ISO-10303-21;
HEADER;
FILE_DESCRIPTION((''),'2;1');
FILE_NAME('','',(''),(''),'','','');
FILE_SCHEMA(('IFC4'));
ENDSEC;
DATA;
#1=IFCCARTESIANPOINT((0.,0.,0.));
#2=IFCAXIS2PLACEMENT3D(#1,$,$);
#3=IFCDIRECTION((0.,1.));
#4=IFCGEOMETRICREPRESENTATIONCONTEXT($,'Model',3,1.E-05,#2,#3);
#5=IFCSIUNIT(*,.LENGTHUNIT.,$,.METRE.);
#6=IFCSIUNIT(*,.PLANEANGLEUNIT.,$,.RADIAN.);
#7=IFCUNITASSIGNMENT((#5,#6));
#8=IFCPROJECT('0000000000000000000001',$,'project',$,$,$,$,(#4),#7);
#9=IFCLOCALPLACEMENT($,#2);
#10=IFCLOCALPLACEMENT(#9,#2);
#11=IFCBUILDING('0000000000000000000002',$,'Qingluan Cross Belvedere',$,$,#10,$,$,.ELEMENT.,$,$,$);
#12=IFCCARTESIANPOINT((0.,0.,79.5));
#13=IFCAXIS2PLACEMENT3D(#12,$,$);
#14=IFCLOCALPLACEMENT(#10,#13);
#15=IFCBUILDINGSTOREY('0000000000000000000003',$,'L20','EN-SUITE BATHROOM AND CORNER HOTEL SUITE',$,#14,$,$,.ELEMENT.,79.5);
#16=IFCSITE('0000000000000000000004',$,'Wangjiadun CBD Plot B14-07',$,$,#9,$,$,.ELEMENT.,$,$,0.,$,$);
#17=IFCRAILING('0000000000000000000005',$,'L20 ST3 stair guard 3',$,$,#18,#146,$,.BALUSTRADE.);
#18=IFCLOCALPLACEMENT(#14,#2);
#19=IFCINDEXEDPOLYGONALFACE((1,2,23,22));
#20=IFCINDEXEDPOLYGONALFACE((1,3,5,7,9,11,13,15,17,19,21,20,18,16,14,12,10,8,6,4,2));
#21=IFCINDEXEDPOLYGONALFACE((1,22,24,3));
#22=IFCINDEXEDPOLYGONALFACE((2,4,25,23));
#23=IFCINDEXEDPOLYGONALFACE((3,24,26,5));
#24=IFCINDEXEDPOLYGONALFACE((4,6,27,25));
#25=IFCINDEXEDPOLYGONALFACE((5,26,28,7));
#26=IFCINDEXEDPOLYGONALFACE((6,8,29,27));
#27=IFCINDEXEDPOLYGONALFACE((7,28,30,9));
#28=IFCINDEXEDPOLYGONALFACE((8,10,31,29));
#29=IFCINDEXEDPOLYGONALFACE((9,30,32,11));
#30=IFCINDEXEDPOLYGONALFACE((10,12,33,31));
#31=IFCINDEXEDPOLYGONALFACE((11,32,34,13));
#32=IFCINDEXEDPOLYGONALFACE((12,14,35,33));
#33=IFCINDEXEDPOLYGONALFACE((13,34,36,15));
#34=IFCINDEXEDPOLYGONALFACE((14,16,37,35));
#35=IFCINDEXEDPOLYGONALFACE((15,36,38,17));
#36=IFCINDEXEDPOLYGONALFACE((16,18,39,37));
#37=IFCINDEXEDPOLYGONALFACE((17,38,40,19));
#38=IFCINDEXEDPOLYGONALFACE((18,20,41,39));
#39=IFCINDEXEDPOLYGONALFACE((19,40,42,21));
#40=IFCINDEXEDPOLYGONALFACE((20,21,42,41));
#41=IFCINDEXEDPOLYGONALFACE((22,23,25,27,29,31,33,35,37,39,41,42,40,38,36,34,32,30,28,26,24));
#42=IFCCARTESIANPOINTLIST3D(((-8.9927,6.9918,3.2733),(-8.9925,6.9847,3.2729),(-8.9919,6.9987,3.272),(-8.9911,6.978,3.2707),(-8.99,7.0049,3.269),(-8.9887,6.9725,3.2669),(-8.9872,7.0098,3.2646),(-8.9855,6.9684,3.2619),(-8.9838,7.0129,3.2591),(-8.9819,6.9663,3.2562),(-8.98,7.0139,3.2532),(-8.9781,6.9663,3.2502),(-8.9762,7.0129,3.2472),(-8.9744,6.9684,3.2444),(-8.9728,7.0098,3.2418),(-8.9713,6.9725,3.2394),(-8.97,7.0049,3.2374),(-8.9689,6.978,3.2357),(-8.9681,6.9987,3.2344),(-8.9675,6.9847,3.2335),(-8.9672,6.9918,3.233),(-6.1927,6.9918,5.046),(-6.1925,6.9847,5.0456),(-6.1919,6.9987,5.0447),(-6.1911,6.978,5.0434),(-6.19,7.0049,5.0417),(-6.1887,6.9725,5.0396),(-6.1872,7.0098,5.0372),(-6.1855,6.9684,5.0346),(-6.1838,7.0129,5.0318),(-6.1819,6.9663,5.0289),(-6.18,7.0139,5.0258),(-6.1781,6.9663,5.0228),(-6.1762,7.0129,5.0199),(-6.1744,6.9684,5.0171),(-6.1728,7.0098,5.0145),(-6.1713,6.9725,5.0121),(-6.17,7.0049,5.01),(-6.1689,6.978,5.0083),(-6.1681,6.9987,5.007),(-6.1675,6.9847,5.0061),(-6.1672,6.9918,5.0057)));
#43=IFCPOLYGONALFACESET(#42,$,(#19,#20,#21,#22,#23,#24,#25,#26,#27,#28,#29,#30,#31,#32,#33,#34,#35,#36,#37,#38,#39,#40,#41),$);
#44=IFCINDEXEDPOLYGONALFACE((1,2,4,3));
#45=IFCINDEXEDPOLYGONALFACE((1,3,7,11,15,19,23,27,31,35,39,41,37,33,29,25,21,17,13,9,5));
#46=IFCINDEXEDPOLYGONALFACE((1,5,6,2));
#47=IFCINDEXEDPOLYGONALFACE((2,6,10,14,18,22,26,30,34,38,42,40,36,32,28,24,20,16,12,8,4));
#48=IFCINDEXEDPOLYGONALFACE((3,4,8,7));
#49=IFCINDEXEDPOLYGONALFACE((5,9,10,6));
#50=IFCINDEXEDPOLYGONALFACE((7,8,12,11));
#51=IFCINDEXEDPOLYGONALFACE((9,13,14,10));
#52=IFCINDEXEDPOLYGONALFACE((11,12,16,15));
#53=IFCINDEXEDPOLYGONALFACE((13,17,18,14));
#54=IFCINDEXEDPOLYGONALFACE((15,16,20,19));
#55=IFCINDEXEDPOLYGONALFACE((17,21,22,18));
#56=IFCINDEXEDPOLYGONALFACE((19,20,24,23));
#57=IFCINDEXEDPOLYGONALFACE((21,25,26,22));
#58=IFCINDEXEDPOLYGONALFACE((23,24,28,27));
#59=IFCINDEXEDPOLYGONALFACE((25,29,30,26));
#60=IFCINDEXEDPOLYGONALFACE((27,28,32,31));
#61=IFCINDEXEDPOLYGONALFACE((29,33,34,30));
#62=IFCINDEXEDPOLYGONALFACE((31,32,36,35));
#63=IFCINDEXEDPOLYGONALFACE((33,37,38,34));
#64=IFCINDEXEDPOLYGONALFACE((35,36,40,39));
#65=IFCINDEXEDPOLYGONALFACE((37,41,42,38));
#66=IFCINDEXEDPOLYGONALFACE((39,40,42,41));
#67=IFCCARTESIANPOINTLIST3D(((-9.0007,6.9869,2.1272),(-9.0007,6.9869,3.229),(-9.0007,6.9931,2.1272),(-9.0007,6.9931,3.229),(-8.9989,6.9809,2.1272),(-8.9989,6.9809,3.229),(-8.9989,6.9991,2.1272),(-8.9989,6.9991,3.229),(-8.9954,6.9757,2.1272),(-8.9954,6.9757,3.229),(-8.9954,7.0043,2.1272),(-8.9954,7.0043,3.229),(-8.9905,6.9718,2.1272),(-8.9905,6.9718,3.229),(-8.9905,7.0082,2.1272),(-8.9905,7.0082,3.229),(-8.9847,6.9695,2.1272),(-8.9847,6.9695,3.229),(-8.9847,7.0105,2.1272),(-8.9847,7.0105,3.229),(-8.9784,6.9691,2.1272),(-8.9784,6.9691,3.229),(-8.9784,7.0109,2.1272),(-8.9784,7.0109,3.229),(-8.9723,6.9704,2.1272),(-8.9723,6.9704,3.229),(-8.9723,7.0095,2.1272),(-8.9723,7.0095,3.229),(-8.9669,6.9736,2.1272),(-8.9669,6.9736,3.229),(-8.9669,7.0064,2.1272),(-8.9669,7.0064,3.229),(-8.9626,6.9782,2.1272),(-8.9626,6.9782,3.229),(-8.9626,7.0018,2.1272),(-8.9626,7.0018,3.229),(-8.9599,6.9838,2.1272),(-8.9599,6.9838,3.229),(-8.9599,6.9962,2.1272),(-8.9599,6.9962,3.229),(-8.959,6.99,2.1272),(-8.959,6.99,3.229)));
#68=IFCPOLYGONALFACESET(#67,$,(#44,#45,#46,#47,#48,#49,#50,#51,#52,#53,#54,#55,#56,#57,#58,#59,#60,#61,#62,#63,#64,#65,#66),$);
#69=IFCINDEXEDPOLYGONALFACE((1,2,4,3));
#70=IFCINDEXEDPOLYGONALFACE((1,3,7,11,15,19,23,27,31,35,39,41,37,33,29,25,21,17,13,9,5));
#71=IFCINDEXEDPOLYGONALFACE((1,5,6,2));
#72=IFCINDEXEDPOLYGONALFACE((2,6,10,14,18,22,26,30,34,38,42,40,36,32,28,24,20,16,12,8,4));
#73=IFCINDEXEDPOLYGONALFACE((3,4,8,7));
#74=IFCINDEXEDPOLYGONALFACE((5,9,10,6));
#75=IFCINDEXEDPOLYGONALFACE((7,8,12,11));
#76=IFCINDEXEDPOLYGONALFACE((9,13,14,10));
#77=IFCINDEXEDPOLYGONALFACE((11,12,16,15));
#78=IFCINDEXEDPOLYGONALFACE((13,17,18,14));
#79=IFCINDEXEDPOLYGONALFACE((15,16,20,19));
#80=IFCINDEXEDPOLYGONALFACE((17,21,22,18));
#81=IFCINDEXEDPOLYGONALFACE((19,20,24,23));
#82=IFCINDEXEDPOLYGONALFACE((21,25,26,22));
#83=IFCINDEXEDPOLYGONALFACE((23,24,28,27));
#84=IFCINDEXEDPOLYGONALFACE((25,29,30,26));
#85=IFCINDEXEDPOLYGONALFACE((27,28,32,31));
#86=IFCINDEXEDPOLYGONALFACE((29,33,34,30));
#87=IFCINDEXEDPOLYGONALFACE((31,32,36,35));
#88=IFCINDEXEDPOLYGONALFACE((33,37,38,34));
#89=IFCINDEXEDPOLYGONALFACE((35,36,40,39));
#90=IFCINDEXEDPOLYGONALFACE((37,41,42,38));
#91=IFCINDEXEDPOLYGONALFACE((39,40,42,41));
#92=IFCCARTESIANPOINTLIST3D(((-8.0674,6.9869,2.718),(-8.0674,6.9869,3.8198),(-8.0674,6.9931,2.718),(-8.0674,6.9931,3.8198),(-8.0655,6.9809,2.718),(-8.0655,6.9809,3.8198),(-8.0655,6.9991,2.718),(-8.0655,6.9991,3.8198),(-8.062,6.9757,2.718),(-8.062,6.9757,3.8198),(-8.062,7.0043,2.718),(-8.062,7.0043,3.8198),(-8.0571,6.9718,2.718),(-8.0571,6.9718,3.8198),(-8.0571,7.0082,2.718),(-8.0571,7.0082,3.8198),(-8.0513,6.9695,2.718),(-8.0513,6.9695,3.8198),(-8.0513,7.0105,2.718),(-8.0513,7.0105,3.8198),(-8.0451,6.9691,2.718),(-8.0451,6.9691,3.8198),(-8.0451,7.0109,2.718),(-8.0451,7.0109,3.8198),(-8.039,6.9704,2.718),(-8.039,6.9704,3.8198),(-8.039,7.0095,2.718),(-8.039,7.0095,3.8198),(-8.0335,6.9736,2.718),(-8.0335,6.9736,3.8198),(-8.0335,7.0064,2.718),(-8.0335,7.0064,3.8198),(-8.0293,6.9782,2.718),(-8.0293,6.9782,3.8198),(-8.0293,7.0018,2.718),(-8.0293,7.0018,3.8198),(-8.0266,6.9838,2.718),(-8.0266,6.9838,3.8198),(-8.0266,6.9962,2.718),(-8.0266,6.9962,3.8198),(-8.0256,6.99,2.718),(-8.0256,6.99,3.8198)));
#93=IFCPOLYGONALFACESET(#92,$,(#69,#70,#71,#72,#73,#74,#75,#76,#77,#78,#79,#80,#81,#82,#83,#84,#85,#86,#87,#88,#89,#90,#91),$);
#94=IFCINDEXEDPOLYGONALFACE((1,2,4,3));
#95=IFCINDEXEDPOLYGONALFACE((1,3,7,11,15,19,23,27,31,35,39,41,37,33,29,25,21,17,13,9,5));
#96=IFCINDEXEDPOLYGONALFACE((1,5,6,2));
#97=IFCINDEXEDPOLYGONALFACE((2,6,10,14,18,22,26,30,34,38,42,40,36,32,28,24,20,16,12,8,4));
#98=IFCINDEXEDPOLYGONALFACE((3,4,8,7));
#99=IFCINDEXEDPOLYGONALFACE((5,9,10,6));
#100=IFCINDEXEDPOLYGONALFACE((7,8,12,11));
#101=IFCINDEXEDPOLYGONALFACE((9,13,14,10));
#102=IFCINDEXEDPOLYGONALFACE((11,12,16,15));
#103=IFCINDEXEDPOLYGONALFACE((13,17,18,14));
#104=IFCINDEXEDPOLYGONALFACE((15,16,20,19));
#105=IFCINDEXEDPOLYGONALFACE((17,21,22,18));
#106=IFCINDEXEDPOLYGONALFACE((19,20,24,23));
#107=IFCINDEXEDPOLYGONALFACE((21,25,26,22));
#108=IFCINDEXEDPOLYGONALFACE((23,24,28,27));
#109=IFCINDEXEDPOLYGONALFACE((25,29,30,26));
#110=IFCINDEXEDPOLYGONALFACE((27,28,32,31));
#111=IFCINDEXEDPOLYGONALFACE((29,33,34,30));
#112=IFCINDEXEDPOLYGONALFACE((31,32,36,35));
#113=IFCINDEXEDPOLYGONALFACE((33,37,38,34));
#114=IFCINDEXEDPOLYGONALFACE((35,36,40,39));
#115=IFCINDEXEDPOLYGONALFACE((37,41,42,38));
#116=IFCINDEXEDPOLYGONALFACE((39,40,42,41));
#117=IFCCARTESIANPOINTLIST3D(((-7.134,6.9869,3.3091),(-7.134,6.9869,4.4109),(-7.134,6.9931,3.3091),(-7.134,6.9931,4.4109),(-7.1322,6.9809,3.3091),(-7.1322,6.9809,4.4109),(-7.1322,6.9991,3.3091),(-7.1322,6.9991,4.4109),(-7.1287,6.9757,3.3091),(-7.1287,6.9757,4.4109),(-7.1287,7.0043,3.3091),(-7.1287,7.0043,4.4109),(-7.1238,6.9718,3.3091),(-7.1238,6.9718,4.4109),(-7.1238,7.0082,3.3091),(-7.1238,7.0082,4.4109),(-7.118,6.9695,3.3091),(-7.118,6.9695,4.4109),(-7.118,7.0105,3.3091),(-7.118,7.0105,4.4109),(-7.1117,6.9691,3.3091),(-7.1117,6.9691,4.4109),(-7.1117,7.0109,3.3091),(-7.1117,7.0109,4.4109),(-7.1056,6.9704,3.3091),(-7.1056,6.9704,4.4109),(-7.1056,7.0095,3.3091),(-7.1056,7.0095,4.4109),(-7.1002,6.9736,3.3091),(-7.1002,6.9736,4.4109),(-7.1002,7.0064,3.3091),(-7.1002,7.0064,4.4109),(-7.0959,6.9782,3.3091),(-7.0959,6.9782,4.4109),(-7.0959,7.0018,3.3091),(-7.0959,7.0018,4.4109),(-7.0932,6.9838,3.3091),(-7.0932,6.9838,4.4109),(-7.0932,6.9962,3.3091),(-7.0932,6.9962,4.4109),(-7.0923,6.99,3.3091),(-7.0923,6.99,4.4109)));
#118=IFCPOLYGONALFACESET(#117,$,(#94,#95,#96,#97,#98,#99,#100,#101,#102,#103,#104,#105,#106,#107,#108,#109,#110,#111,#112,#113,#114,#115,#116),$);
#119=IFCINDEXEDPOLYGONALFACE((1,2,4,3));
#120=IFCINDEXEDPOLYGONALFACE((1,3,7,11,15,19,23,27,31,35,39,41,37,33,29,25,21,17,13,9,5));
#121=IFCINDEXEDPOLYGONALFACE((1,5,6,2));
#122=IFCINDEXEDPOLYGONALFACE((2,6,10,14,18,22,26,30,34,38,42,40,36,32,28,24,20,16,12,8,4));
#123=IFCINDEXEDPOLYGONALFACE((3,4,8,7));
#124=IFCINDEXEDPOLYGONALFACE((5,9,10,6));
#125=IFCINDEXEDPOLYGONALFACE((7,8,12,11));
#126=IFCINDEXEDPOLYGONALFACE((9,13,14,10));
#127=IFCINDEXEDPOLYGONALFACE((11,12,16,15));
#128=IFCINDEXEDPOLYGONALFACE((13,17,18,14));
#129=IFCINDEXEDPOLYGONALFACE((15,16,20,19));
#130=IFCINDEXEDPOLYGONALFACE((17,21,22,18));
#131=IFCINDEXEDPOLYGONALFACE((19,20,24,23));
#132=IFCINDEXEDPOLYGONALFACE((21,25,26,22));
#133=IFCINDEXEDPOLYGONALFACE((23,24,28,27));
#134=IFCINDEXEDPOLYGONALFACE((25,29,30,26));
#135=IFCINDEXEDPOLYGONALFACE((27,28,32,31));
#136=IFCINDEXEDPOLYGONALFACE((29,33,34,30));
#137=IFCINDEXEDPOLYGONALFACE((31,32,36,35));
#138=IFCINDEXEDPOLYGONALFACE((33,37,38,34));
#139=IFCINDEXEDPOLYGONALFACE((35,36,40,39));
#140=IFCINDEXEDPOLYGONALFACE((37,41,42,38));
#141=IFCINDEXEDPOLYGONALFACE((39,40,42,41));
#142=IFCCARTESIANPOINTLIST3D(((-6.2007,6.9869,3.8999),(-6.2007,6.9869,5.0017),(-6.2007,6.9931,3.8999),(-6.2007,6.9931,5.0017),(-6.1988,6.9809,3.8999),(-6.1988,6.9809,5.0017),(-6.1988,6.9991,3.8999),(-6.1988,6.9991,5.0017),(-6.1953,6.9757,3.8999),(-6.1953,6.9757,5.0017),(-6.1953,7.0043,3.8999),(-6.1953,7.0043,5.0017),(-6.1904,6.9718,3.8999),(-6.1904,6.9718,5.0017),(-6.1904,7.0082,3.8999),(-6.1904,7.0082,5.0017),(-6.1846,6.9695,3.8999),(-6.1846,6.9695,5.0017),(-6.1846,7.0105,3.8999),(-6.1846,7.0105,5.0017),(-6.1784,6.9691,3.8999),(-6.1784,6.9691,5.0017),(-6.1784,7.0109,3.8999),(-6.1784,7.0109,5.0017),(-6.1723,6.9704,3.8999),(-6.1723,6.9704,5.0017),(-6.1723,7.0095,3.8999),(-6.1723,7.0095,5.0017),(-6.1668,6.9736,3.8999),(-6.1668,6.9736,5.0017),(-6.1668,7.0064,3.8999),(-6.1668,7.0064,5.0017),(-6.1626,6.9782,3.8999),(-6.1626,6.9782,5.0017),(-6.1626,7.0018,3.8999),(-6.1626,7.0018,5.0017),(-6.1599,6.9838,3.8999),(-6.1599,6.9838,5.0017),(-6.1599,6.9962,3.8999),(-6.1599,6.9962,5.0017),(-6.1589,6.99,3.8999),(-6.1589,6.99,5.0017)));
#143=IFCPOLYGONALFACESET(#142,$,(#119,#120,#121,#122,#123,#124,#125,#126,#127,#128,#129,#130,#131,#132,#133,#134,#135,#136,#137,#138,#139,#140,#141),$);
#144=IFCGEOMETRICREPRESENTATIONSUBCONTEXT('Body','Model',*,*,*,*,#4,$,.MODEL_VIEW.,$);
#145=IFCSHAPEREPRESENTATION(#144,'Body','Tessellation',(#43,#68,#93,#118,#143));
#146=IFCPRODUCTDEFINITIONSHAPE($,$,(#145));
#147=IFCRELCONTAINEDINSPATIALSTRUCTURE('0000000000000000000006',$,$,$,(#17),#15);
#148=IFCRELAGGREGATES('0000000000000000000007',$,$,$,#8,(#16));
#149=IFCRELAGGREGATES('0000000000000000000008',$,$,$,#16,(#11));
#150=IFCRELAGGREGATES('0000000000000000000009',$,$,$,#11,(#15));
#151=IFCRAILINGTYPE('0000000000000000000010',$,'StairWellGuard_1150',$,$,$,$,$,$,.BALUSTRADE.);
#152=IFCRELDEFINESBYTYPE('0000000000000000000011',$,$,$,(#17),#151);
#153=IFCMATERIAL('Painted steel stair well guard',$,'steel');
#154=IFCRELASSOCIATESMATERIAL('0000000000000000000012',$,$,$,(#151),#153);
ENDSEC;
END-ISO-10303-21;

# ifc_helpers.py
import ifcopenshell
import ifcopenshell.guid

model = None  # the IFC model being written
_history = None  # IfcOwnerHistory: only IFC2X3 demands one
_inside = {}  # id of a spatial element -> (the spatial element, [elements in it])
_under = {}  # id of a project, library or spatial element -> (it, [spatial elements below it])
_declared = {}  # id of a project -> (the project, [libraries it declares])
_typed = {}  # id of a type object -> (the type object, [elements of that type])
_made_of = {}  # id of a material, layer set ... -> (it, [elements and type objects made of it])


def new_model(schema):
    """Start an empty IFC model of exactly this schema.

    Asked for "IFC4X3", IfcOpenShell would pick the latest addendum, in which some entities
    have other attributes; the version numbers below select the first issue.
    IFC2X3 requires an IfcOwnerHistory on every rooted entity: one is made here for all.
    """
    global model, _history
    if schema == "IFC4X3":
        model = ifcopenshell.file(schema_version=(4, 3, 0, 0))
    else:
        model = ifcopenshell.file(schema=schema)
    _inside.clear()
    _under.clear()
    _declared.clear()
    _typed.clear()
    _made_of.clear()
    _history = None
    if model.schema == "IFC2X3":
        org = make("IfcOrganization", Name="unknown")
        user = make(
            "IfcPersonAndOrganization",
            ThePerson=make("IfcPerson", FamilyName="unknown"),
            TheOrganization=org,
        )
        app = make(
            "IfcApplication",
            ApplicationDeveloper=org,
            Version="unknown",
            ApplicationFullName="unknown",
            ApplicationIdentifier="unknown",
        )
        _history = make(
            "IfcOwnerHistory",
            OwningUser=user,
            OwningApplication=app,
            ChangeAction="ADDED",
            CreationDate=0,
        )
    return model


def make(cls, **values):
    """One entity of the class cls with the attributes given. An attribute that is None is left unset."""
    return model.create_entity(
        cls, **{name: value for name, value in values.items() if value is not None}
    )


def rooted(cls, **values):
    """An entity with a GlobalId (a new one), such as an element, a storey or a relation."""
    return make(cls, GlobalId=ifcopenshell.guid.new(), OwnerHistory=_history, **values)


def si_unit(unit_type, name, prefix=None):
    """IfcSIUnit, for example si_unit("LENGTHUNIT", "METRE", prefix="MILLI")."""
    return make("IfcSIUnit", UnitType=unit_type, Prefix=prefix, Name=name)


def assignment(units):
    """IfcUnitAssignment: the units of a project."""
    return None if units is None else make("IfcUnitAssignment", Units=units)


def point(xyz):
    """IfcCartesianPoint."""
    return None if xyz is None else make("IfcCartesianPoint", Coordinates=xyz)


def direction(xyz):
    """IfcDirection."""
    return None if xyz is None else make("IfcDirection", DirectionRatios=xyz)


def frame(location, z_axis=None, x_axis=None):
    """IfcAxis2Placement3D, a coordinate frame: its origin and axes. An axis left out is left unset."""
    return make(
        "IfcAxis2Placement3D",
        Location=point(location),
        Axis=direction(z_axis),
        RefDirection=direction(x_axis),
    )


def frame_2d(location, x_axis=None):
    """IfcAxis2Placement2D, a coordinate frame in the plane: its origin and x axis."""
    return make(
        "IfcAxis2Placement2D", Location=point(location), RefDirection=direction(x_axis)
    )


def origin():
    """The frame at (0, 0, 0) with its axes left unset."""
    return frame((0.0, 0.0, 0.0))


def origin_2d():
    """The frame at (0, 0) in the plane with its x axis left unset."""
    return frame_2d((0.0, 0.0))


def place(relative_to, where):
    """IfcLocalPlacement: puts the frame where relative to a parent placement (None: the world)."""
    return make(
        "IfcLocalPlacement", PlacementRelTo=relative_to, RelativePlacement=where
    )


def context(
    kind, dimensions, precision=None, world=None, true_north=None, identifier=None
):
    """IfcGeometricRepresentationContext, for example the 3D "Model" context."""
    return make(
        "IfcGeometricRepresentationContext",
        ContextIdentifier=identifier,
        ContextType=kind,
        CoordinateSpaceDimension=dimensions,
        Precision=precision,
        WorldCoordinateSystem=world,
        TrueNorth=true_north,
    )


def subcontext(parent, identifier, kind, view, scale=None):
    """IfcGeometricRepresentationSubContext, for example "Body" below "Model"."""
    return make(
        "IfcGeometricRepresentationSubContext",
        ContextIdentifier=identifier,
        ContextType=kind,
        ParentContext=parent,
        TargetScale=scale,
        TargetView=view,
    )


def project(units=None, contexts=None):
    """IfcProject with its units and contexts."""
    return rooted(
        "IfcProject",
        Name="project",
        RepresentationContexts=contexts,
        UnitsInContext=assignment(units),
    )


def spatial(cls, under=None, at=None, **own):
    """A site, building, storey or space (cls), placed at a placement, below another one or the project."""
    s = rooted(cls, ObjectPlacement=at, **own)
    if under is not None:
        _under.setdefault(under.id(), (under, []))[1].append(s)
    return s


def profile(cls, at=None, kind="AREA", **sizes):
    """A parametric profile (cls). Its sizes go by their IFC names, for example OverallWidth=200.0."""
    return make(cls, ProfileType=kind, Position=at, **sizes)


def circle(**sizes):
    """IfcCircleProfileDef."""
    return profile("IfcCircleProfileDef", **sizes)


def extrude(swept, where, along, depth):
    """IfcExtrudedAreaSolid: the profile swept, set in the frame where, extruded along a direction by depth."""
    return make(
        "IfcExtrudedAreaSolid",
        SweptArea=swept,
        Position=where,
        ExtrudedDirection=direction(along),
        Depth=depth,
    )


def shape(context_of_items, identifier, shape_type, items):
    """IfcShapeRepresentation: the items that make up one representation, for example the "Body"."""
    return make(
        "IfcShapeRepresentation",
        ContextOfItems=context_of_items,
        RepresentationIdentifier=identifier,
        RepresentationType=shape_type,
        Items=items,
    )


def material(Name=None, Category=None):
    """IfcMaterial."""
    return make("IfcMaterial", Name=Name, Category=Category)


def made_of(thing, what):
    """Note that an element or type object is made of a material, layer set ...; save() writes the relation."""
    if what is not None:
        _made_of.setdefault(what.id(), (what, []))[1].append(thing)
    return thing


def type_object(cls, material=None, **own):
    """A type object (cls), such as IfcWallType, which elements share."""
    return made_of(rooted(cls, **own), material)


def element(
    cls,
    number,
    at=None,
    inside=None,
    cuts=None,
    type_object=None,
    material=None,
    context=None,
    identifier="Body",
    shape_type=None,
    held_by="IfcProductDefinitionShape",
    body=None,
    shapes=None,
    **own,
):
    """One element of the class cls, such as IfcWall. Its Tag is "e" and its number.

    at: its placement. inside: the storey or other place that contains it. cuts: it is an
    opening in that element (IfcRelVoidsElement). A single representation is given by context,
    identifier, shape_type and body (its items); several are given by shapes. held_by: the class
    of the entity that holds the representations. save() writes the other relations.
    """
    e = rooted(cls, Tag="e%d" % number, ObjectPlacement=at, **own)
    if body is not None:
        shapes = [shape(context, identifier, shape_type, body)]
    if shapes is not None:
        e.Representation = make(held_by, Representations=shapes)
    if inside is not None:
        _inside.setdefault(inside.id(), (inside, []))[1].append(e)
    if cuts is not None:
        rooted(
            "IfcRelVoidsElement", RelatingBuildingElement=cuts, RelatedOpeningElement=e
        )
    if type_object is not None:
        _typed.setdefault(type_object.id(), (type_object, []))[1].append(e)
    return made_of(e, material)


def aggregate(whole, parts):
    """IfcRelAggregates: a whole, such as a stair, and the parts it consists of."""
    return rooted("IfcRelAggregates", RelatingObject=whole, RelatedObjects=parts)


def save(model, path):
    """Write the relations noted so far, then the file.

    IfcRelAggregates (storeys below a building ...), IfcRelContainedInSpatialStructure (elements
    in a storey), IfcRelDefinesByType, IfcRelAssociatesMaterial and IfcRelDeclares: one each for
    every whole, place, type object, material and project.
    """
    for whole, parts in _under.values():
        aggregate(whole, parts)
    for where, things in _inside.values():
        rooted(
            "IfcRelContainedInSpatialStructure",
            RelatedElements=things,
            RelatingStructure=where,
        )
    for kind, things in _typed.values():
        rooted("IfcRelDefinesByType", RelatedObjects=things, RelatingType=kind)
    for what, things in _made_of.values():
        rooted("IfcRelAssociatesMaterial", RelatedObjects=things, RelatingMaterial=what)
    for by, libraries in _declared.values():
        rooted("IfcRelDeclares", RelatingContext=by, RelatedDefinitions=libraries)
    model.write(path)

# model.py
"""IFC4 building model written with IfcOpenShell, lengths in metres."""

from ifc_helpers import new_model, si_unit, direction, frame, origin, origin_2d, place, context, subcontext, project, spatial, circle, extrude, material, type_object, element, save


model = new_model("IFC4")

# Units and contexts
model_context = context("Model", 3, precision=1e-05, world=origin(), true_north=direction((0.0, 1.0)))
body_context = subcontext(model_context, "Body", "Model", "MODEL_VIEW")
ifc_project = project(units=[si_unit("LENGTHUNIT", "METRE"), si_unit("PLANEANGLEUNIT", "RADIAN")], contexts=[model_context])

# Site, building, storey
site_placement = place(None, origin())
site = spatial("IfcSite", under=ifc_project, at=site_placement, Name="Wangjiadun CBD Plot B14-07", CompositionType="ELEMENT", RefElevation=0.0)
building_placement = place(site_placement, origin())
building = spatial("IfcBuilding", under=site, at=building_placement, Name="Qingluan Cross Belvedere", CompositionType="ELEMENT")
storey_placement = place(building_placement, frame((0.0, 0.0, 79.5)))
storey = spatial("IfcBuildingStorey", under=building, at=storey_placement, Name="L20", Description="EN-SUITE BATHROOM AND CORNER HOTEL SUITE", CompositionType="ELEMENT", Elevation=79.5)

# Railing
ifc_material_1 = material(Name="Painted steel stair well guard", Category="steel")
railing_type_1 = type_object("IfcRailingType", Name="StairWellGuard_1150", PredefinedType="BALUSTRADE", material=ifc_material_1)
railing_1_placement = place(storey_placement, frame((-8.98, 6.99, 2.1272)))
element("IfcRailing", 1, at=railing_1_placement, inside=storey, type_object=railing_type_1, Name="L20 ST3 stair guard 3", PredefinedType="BALUSTRADE", context=body_context, shape_type="SweptSolid", body=[
    extrude(circle(Radius=0.0239, at=origin_2d()), frame((0.0, 0.0, 1.126), z_axis=(0.844909, 0.0, 0.53491), x_axis=(0.0, 1.0, 0.0)), (0.0, 0.0, 1.0), 3.314),
    extrude(circle(Radius=0.021, at=origin_2d()), origin(), (0.0, 0.0, 1.0), 1.1018),
    extrude(circle(Radius=0.021, at=origin_2d()), frame((0.9333, 0.0, 0.5908)), (0.0, 0.0, 1.0), 1.1018),
    extrude(circle(Radius=0.021, at=origin_2d()), frame((1.8667, 0.0, 1.1819)), (0.0, 0.0, 1.0), 1.1018),
    extrude(circle(Radius=0.021, at=origin_2d()), frame((2.8, 0.0, 1.7727)), (0.0, 0.0, 1.0), 1.1018),
])

save(model, "model.ifc")
